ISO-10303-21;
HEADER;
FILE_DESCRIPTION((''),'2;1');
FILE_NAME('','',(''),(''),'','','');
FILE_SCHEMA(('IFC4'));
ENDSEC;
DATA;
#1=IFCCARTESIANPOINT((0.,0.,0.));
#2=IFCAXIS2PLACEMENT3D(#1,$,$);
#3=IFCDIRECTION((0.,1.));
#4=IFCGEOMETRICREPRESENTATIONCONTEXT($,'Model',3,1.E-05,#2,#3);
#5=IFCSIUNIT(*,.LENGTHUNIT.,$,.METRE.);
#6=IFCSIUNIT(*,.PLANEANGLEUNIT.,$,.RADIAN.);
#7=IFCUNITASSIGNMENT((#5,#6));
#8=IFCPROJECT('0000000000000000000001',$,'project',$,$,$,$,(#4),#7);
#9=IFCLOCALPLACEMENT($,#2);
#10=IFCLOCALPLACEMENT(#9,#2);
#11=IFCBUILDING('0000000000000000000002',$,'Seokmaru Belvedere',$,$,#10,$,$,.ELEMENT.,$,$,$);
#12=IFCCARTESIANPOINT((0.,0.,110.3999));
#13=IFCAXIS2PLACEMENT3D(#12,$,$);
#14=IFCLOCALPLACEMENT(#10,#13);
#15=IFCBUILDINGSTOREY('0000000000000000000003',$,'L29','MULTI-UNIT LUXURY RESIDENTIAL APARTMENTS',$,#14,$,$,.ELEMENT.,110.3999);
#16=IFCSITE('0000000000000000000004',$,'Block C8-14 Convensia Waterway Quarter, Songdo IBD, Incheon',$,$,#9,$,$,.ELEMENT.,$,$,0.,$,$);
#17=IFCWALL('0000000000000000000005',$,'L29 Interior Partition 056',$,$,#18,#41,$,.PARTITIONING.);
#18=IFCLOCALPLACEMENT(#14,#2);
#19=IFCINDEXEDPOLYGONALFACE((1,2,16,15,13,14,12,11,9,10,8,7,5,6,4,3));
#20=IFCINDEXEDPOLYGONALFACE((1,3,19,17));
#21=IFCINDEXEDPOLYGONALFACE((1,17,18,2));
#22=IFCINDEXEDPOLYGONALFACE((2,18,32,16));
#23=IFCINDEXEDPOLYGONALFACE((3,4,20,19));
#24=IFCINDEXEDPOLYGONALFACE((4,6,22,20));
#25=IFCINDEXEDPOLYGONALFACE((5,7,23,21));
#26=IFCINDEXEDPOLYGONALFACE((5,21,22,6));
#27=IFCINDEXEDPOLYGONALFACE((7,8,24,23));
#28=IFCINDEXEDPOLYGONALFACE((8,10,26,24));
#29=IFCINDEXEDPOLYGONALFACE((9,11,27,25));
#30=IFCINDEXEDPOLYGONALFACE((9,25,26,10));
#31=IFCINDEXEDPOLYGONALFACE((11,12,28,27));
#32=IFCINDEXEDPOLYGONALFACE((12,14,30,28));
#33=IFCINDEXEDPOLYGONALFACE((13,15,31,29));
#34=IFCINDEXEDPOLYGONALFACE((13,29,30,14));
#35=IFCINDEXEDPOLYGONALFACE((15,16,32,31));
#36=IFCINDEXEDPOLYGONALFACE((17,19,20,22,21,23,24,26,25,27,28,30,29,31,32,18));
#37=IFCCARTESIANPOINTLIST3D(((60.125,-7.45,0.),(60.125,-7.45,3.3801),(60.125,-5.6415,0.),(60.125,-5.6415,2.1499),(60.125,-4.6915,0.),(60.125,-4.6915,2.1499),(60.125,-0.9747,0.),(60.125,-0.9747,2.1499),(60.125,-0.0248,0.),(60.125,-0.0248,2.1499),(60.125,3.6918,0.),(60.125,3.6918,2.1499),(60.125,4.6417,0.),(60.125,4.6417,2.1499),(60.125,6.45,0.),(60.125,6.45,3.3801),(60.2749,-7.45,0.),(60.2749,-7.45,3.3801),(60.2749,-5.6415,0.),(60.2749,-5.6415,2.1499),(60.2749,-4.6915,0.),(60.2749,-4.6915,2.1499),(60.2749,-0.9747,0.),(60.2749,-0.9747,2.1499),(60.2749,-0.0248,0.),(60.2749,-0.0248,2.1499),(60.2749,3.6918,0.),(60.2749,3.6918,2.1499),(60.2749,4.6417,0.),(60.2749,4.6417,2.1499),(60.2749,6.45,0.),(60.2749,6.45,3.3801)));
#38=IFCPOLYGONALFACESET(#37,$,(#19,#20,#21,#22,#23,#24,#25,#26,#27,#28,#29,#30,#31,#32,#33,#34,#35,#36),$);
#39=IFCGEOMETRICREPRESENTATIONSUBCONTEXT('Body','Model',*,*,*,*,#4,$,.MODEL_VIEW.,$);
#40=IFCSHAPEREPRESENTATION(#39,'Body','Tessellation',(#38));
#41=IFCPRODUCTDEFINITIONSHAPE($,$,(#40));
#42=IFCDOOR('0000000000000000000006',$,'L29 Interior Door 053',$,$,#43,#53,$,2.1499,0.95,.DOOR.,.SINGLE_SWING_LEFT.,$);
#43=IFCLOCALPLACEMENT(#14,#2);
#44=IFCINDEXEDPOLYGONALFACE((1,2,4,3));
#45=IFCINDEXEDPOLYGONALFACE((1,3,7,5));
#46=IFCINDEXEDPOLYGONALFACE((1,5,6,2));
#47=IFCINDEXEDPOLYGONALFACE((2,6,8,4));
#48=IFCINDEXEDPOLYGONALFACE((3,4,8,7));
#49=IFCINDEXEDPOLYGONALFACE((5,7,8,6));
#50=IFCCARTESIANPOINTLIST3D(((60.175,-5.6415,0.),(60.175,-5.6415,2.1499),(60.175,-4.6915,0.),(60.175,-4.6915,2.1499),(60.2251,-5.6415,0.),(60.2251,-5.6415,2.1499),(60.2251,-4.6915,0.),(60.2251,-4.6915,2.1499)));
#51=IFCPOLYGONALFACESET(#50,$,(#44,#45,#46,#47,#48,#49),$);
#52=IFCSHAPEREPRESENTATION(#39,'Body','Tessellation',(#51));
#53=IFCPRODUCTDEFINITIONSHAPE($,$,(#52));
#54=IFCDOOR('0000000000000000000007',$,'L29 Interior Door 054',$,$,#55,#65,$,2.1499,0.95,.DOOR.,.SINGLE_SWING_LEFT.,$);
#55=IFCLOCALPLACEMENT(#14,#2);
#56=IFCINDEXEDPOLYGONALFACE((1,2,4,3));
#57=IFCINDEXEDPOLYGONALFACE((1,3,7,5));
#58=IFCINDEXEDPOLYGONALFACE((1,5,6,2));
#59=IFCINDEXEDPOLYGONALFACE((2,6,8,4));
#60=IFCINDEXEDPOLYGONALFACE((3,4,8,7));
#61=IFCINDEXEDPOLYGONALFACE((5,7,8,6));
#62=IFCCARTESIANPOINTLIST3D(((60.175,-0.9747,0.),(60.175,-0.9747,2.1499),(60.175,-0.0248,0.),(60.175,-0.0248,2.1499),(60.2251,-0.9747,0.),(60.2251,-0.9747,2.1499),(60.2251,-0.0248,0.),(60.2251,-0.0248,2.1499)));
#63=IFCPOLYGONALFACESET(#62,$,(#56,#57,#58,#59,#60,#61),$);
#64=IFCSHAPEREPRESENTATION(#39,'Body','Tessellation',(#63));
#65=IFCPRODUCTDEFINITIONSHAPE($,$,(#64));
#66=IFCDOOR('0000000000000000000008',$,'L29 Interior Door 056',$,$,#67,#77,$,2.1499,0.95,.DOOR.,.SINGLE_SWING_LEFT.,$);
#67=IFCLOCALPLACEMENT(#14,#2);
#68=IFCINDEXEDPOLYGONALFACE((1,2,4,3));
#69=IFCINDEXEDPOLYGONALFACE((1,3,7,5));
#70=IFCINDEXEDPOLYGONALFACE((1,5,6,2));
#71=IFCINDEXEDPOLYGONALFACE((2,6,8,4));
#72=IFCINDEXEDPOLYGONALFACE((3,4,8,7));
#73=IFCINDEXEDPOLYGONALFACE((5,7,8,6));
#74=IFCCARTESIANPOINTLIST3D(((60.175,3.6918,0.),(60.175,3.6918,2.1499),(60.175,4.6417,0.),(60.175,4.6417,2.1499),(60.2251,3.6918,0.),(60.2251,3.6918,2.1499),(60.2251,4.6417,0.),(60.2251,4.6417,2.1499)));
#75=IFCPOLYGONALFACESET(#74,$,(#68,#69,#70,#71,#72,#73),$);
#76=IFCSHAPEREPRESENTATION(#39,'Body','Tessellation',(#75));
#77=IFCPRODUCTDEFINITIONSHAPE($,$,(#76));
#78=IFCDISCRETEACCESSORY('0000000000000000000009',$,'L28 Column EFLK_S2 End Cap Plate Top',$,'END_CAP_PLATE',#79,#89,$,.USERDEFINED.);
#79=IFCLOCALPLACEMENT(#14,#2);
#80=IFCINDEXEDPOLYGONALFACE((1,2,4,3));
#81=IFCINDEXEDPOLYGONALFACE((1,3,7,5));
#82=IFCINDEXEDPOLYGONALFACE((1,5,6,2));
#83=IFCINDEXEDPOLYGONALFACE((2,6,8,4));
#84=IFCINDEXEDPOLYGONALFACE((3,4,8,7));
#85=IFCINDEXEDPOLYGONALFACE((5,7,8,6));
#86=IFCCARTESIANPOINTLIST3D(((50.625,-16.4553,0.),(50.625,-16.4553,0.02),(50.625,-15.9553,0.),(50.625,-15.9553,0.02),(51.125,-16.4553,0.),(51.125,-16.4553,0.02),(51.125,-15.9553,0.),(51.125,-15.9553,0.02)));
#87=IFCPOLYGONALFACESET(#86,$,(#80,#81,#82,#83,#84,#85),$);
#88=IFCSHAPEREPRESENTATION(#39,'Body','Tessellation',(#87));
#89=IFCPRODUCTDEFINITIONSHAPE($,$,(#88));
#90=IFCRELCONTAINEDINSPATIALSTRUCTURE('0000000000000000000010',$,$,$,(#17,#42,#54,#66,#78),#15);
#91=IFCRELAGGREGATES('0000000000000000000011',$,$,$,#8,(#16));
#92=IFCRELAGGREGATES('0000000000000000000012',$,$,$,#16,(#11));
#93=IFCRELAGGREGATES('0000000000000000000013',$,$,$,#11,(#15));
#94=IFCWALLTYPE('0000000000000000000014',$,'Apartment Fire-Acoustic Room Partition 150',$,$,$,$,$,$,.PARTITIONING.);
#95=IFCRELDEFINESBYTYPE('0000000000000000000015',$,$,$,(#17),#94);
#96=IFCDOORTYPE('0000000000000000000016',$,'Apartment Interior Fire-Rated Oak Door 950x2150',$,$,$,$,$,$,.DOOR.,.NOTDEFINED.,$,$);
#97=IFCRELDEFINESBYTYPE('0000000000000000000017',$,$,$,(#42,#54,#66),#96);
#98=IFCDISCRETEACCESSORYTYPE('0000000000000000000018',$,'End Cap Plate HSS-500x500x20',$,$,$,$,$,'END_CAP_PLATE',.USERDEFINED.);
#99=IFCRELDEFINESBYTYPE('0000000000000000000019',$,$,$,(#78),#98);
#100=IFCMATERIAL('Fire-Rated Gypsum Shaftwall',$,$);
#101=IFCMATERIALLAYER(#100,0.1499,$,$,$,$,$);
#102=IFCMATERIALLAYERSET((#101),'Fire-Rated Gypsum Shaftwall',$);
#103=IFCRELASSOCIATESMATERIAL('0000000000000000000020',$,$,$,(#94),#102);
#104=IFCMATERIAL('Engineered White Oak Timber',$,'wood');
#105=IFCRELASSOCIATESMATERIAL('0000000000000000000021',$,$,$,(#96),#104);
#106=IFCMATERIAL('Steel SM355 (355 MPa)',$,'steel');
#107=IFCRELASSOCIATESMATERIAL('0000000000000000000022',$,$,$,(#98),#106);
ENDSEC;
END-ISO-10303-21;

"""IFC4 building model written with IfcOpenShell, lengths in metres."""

from ifc_helpers import new_model, si_unit, direction, frame, frame_2d, origin, origin_2d, place, context, subcontext, project, spatial, rectangle, extrude, source, transform, mapped, material, layer, layer_set, type_object, type_shapes, element, fill, save


model = new_model("IFC4")

# Units and contexts
model_context = context("Model", 3, precision=1e-05, world=origin(), true_north=direction((0.0, 1.0)))
body_context = subcontext(model_context, "Body", "Model", "MODEL_VIEW")
ifc_project = project(units=[si_unit("LENGTHUNIT", "METRE"), si_unit("PLANEANGLEUNIT", "RADIAN")], contexts=[model_context])

# Site, building, storey
site_placement = place(None, origin())
site = spatial("IfcSite", under=ifc_project, at=site_placement, Name="Block C8-14 Convensia Waterway Quarter, Songdo IBD, Incheon", CompositionType="ELEMENT", RefElevation=0.0)
building_placement = place(site_placement, origin())
building = spatial("IfcBuilding", under=site, at=building_placement, Name="Seokmaru Belvedere", CompositionType="ELEMENT")
storey_placement = place(building_placement, frame((0.0, 0.0, 110.3999)))
storey = spatial("IfcBuildingStorey", under=building, at=storey_placement, Name="L29", Description="MULTI-UNIT LUXURY RESIDENTIAL APARTMENTS", CompositionType="ELEMENT", Elevation=110.3999)

# Shared definitions
ifc_material_1 = material(Name="Steel SM355 (355 MPa)", Category="steel")

# Wall, openings, doors
ifc_material_2 = material(Name="Fire-Rated Gypsum Shaftwall")
ifc_layer_1 = layer(ifc_material_2, 0.1499)
ifc_layer_set_1 = layer_set([ifc_layer_1], Name="Fire-Rated Gypsum Shaftwall")
wall_type = type_object("IfcWallType", Name="Apartment Fire-Acoustic Room Partition 150", PredefinedType="PARTITIONING", material=ifc_layer_set_1)
ifc_material_3 = material(Name="Engineered White Oak Timber", Category="wood")
door_type = type_object("IfcDoorType", Name="Apartment Interior Fire-Rated Oak Door 950x2150", OperationType="NOTDEFINED", PredefinedType="DOOR", material=ifc_material_3)
shared_shape_1 = source(origin(), body_context, "Body", "SweptSolid", [
    extrude(rectangle(XDim=0.95, YDim=2.1499, at=frame_2d((0.4751, 1.075))), frame((0.0, 0.0249, 0.0), z_axis=(0.0, -1.0, 0.0), x_axis=(1.0, 0.0, 0.0)), (0.0, 0.0, 1.0), 0.05),
])
type_shapes(door_type, [shared_shape_1])
wall_1_placement = place(storey_placement, frame((60.2, -7.45, 0.0), z_axis=(0.0, 0.0, 1.0), x_axis=(0.0, 1.0, 0.0)))
wall_1 = element("IfcWall", 1, at=wall_1_placement, inside=storey, type_object=wall_type, Name="L29 Interior Partition 056", PredefinedType="PARTITIONING", context=body_context, shape_type="SweptSolid", body=[
    extrude(rectangle(XDim=13.8999, YDim=0.1499, at=frame_2d((6.95, 0.0))), origin(), (0.0, 0.0, 1.0), 3.3801),
])
opening_1_placement = place(wall_1_placement, frame((1.8083, 0.0, 0.0)))
opening_1 = element("IfcOpeningElement", 2, at=opening_1_placement, cuts=wall_1, PredefinedType="OPENING", context=body_context, shape_type="SweptSolid", body=[
    extrude(rectangle(XDim=0.95, YDim=2.1499, at=frame_2d((0.4751, 1.075))), frame((0.0, 0.085, 0.0), z_axis=(0.0, -1.0, 0.0), x_axis=(1.0, 0.0, 0.0)), (0.0, 0.0, 1.0), 0.1699),
])
opening_2_placement = place(wall_1_placement, frame((6.4751, 0.0, 0.0)))
opening_2 = element("IfcOpeningElement", 3, at=opening_2_placement, cuts=wall_1, PredefinedType="OPENING", context=body_context, shape_type="SweptSolid", body=[
    extrude(rectangle(XDim=0.95, YDim=2.1499, at=frame_2d((0.4751, 1.075))), frame((0.0, 0.085, 0.0), z_axis=(0.0, -1.0, 0.0), x_axis=(1.0, 0.0, 0.0)), (0.0, 0.0, 1.0), 0.1699),
])
opening_3_placement = place(wall_1_placement, frame((11.1416, 0.0, 0.0)))
opening_3 = element("IfcOpeningElement", 4, at=opening_3_placement, cuts=wall_1, PredefinedType="OPENING", context=body_context, shape_type="SweptSolid", body=[
    extrude(rectangle(XDim=0.95, YDim=2.1499, at=frame_2d((0.4751, 1.075))), frame((0.0, 0.085, 0.0), z_axis=(0.0, -1.0, 0.0), x_axis=(1.0, 0.0, 0.0)), (0.0, 0.0, 1.0), 0.1699),
])
door_1_placement = place(opening_1_placement, origin())
door_1 = element("IfcDoor", 5, at=door_1_placement, inside=storey, type_object=door_type, Name="L29 Interior Door 053", OperationType="SINGLE_SWING_LEFT", OverallHeight=2.1499, OverallWidth=0.95, PredefinedType="DOOR", context=body_context, shape_type="MappedRepresentation", body=[
    mapped(shared_shape_1, transform((0.0, 0.0, 0.0), scale=1.0)),
])
fill(opening_1, door_1)
door_2_placement = place(opening_2_placement, origin())
door_2 = element("IfcDoor", 6, at=door_2_placement, inside=storey, type_object=door_type, Name="L29 Interior Door 054", OperationType="SINGLE_SWING_LEFT", OverallHeight=2.1499, OverallWidth=0.95, PredefinedType="DOOR", context=body_context, shape_type="MappedRepresentation", body=[
    mapped(shared_shape_1, transform((0.0, 0.0, 0.0), scale=1.0)),
])
fill(opening_2, door_2)
door_3_placement = place(opening_3_placement, origin())
door_3 = element("IfcDoor", 7, at=door_3_placement, inside=storey, type_object=door_type, Name="L29 Interior Door 056", OperationType="SINGLE_SWING_LEFT", OverallHeight=2.1499, OverallWidth=0.95, PredefinedType="DOOR", context=body_context, shape_type="MappedRepresentation", body=[
    mapped(shared_shape_1, transform((0.0, 0.0, 0.0), scale=1.0)),
])
fill(opening_3, door_3)

# Discrete accessory
discrete_accessory_type = type_object("IfcDiscreteAccessoryType", Name="End Cap Plate HSS-500x500x20", ElementType="END_CAP_PLATE", PredefinedType="USERDEFINED", material=ifc_material_1)
shared_shape_2 = source(origin(), body_context, "Body", "SweptSolid", [
    extrude(rectangle(XDim=0.5, YDim=0.5, at=origin_2d()), origin(), (0.0, 0.0, 1.0), 0.02),
])
type_shapes(discrete_accessory_type, [shared_shape_2])
discrete_accessory_placement = place(storey_placement, frame((50.875, -16.2053, 0.0), z_axis=(0.0, 0.0, 1.0), x_axis=(1.0, 0.0, 0.0)))
element("IfcDiscreteAccessory", 8, at=discrete_accessory_placement, inside=storey, type_object=discrete_accessory_type, Name="L28 Column EFLK_S2 End Cap Plate Top", ObjectType="END_CAP_PLATE", PredefinedType="USERDEFINED", context=body_context, shape_type="MappedRepresentation", body=[
    mapped(shared_shape_2, transform((0.0, 0.0, 0.0), scale=1.0)),
])

save(model, "model.ifc")
